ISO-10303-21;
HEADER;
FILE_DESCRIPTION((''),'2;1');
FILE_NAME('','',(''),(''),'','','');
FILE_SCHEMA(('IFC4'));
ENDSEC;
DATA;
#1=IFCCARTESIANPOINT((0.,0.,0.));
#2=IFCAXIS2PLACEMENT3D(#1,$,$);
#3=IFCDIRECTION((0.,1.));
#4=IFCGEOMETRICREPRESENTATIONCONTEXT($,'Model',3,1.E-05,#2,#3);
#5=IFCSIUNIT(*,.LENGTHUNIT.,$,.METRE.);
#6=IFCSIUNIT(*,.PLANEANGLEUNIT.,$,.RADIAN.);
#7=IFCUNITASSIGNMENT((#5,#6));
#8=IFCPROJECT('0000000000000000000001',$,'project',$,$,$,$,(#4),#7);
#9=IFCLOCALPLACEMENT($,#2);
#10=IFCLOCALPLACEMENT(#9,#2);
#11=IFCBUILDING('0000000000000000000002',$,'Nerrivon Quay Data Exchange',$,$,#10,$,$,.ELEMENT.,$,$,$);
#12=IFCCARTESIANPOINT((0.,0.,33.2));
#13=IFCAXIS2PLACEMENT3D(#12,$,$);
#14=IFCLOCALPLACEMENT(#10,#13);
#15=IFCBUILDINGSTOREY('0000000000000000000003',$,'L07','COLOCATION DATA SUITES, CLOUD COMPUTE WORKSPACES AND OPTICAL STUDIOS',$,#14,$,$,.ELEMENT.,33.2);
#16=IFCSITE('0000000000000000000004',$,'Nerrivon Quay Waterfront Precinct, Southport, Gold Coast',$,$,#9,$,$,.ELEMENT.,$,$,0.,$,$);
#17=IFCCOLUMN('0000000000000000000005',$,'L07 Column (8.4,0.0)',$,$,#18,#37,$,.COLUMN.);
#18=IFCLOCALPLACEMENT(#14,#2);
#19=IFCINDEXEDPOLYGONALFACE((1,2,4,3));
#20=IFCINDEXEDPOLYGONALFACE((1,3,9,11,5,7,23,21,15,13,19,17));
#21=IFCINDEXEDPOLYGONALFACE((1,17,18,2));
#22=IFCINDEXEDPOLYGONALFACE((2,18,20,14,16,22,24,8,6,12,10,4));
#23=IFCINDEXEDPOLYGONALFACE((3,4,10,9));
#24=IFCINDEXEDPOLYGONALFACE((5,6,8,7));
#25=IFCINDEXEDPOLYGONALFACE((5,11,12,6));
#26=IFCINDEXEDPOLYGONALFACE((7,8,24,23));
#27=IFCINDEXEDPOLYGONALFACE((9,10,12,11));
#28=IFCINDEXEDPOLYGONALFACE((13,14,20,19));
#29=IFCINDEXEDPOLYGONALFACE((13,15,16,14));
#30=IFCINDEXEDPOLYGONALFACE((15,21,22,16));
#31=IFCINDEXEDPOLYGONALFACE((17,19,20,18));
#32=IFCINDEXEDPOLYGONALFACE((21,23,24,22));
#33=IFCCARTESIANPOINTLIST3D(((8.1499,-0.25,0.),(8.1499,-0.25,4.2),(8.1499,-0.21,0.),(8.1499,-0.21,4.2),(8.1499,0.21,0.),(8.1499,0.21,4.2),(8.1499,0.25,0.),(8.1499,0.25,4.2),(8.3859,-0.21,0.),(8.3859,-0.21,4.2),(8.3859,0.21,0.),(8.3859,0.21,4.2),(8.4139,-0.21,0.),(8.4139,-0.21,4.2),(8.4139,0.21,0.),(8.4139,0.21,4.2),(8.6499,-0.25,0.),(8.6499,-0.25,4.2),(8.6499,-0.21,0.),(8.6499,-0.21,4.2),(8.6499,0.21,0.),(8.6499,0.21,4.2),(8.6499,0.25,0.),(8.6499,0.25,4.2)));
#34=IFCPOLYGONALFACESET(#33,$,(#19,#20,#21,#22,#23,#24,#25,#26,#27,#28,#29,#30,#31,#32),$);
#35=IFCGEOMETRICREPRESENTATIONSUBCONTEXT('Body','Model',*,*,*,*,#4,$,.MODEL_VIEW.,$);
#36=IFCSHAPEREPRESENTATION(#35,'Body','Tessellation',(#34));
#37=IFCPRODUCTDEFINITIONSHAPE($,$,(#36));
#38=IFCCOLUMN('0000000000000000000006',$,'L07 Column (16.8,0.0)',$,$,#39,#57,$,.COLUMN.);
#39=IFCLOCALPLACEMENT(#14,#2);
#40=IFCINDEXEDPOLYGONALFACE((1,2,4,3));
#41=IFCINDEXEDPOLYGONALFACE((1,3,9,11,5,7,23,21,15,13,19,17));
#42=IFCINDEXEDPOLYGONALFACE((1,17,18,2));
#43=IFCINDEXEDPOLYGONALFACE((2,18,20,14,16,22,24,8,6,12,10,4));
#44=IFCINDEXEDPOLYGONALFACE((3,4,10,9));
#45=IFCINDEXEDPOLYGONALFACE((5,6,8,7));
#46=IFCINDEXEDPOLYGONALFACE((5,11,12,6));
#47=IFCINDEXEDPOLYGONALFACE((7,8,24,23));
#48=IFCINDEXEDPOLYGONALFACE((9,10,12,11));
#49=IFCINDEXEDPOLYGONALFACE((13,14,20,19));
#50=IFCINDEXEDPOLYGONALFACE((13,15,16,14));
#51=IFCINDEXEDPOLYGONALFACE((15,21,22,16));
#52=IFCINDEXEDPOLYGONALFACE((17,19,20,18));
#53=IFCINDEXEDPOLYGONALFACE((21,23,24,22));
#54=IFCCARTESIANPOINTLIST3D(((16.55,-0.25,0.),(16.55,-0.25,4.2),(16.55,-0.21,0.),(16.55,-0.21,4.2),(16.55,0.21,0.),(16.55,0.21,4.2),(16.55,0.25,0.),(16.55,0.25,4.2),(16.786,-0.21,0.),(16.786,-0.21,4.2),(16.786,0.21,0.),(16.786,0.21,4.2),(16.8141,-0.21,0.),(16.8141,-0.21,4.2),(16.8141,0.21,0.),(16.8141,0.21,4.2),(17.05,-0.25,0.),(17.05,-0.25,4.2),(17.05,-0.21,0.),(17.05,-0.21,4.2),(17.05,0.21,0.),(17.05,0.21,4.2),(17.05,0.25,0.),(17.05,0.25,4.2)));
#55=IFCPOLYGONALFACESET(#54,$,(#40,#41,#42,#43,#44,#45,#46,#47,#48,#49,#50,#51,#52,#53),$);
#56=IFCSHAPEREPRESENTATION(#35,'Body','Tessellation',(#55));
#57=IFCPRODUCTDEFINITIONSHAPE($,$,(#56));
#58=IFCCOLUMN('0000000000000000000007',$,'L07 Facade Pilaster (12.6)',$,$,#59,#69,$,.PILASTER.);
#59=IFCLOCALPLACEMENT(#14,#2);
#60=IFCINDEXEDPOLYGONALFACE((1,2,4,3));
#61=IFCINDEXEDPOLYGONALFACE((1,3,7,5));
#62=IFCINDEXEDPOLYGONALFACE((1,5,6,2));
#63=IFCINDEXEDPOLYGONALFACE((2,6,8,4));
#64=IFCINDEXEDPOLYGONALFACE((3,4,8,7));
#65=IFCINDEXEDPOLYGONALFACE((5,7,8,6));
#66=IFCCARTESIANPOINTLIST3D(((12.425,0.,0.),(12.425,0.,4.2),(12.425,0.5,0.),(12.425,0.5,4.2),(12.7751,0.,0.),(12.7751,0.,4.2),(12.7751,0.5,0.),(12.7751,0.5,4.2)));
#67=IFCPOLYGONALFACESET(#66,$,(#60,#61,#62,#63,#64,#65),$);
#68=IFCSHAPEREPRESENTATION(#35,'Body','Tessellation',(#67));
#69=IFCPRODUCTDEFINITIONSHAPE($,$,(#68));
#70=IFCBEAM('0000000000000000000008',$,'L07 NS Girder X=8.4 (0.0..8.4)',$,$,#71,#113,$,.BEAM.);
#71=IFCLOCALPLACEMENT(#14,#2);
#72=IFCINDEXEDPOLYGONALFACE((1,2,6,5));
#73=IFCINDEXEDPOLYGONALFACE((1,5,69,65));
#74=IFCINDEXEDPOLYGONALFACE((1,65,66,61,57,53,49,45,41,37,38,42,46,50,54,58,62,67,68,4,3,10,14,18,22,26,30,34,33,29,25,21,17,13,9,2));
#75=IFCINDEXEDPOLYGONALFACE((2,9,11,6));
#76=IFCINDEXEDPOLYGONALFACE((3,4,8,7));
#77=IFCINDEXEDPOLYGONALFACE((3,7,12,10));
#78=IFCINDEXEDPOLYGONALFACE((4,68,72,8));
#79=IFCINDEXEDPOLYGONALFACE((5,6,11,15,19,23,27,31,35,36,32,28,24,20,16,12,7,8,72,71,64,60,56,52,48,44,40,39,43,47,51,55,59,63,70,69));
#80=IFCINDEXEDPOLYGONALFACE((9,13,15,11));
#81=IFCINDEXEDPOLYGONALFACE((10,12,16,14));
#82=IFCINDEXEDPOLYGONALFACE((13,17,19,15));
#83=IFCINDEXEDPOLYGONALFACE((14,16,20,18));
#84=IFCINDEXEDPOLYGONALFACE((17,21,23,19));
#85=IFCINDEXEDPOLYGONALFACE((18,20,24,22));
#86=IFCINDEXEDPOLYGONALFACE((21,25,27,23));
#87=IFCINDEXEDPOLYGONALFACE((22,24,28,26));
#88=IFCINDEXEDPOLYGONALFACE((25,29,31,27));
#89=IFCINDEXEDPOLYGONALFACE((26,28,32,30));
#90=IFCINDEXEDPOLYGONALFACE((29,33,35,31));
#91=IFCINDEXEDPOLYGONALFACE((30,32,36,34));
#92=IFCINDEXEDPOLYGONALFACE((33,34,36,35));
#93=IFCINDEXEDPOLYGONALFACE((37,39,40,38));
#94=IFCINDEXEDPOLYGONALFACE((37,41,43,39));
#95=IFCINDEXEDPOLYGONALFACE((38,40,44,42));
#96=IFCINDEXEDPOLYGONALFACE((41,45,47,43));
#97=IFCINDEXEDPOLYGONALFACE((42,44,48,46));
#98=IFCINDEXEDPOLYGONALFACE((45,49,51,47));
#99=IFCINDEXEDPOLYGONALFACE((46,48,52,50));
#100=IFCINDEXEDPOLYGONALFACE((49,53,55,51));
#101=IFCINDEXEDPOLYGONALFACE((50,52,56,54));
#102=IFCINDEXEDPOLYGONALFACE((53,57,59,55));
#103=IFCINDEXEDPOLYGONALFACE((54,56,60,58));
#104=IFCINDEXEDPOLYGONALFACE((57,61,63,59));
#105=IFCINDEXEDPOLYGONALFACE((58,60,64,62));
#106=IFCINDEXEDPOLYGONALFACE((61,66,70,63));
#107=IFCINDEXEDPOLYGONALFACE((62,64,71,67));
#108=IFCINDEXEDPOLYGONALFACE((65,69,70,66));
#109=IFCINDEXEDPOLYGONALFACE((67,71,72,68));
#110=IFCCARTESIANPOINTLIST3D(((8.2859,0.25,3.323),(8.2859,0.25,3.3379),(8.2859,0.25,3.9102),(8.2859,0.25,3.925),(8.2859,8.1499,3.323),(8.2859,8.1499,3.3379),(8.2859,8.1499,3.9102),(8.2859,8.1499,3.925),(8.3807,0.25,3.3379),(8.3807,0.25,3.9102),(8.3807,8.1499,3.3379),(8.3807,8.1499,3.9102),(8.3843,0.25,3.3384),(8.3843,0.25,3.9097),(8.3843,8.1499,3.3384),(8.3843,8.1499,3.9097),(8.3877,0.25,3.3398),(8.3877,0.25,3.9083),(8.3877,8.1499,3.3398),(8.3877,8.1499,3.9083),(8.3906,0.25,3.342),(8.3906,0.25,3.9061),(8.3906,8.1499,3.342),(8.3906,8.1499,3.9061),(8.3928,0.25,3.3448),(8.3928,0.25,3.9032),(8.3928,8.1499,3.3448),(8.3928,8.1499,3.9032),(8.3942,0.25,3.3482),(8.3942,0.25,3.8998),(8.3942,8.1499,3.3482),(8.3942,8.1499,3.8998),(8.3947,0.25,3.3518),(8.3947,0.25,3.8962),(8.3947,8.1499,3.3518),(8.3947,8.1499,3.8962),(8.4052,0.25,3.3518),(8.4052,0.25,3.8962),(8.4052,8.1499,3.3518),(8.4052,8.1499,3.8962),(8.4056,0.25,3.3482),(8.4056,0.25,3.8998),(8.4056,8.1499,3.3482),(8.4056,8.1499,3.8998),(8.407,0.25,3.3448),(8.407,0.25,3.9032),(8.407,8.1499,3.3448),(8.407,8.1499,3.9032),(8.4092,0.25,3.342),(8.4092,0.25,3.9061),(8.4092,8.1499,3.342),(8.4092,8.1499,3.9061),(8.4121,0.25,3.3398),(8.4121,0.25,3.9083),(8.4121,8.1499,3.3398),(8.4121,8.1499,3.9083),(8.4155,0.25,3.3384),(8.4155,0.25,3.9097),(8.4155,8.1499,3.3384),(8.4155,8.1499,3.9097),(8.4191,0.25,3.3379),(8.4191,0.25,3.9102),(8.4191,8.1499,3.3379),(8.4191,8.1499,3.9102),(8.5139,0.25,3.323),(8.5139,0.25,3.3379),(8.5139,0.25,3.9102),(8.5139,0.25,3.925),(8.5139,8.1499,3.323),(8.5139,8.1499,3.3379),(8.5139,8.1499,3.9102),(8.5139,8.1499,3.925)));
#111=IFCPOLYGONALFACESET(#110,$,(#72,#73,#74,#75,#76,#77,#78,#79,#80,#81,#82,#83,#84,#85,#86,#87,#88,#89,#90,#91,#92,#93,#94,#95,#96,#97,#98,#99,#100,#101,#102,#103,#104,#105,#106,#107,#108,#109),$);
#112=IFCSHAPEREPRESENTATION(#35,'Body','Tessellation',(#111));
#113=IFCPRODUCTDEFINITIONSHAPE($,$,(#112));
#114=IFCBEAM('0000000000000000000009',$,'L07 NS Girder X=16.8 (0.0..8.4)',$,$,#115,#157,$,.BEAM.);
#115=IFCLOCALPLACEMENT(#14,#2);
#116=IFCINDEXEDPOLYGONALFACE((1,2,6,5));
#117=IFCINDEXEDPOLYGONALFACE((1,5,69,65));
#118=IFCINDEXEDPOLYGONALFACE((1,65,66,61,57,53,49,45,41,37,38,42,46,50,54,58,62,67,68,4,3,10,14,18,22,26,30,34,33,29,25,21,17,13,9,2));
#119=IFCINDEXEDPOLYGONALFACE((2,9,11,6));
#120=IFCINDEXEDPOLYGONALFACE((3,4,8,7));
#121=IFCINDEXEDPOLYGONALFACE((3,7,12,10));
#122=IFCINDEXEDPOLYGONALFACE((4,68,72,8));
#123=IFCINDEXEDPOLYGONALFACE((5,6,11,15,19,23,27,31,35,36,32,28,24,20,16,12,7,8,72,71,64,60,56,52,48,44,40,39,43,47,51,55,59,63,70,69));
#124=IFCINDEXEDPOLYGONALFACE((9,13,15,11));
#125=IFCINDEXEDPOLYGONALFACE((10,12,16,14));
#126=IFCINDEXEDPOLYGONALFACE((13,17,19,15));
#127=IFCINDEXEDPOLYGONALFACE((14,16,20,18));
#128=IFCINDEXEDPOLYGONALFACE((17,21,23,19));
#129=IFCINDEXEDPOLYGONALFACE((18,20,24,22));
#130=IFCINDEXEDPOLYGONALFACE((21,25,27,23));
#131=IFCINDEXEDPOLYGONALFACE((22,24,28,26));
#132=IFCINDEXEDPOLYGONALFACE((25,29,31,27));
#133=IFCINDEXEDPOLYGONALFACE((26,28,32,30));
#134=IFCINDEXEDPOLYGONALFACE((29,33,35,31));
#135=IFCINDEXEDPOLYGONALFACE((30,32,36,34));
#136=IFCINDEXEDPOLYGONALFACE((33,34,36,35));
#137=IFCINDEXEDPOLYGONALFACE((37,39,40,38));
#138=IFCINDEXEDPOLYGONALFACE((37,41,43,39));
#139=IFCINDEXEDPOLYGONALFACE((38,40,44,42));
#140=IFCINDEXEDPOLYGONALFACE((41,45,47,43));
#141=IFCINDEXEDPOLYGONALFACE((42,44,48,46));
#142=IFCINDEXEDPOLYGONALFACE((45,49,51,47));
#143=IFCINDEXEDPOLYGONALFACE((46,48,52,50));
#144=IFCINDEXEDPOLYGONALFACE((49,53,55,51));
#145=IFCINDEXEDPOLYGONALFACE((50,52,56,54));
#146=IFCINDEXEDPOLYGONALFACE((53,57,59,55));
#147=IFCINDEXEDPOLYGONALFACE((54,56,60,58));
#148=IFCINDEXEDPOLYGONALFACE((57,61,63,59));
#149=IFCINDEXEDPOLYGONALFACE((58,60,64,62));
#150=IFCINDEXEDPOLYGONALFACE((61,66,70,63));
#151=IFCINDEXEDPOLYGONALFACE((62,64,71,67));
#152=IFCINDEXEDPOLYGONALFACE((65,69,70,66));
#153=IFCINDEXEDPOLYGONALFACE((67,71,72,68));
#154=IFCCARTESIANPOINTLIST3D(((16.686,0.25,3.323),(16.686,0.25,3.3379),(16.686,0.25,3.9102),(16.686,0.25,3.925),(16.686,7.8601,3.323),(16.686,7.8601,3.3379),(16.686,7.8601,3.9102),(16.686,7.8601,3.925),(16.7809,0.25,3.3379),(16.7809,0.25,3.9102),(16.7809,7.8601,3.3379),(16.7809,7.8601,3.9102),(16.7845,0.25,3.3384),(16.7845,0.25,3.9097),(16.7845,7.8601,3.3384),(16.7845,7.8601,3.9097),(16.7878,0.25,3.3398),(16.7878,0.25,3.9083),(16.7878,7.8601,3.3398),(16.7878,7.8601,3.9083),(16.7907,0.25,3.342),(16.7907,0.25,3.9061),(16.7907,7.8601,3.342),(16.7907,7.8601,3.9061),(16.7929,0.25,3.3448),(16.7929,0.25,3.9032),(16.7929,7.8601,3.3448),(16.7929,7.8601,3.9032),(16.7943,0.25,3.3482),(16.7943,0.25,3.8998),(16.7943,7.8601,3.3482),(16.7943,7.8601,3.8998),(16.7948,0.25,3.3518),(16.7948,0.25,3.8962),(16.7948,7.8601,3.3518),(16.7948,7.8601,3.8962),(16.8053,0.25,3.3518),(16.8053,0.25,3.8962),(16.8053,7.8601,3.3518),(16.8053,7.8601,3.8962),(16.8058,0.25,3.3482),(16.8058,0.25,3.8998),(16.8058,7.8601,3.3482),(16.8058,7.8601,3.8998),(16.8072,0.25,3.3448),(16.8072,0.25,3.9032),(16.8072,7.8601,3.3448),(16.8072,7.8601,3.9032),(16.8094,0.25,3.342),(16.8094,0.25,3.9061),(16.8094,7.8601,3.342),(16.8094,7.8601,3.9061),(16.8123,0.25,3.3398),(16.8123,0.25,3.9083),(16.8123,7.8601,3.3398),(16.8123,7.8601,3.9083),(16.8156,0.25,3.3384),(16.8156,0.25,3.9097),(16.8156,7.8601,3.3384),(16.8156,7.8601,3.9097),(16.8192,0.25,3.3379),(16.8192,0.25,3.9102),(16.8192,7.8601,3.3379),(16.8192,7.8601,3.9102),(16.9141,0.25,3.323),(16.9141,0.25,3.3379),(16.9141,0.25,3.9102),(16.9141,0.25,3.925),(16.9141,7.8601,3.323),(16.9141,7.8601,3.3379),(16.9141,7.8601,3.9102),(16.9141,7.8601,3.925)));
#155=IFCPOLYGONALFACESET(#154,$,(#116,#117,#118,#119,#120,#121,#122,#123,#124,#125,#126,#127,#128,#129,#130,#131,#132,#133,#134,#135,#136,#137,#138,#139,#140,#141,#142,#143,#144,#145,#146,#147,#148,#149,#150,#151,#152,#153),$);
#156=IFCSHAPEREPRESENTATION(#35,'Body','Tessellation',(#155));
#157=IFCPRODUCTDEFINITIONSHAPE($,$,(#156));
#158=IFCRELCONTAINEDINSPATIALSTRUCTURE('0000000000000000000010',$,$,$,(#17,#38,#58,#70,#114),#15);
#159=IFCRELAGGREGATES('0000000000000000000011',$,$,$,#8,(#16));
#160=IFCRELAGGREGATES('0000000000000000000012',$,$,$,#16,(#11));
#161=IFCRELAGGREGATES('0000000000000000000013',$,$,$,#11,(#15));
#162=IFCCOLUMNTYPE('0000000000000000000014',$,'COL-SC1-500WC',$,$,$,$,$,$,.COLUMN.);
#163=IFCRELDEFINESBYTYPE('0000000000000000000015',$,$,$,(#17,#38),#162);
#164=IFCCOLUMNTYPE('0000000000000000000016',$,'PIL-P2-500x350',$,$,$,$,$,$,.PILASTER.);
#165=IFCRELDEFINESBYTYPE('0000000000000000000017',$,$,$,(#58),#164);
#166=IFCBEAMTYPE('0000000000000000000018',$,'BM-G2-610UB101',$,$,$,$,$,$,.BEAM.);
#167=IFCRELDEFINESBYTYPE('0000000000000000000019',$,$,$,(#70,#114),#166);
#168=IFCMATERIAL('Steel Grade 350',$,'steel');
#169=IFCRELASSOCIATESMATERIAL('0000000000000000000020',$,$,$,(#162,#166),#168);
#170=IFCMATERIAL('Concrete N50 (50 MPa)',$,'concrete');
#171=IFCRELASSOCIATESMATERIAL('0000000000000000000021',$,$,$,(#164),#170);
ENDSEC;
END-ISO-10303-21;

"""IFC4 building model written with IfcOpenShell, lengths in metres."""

from ifc_helpers import new_model, si_unit, direction, frame, origin, origin_2d, place, context, subcontext, project, spatial, rectangle, i_section, extrude, material, material_profile, profile_set, type_object, element, save


model = new_model("IFC4")

# Units and contexts
model_context = context("Model", 3, precision=1e-05, world=origin(), true_north=direction((0.0, 1.0)))
body_context = subcontext(model_context, "Body", "Model", "MODEL_VIEW")
ifc_project = project(units=[si_unit("LENGTHUNIT", "METRE"), si_unit("PLANEANGLEUNIT", "RADIAN")], contexts=[model_context])

# Site, building, storey
site_placement = place(None, origin())
site = spatial("IfcSite", under=ifc_project, at=site_placement, Name="Nerrivon Quay Waterfront Precinct, Southport, Gold Coast", CompositionType="ELEMENT", RefElevation=0.0)
building_placement = place(site_placement, origin())
building = spatial("IfcBuilding", under=site, at=building_placement, Name="Nerrivon Quay Data Exchange", CompositionType="ELEMENT")
storey_placement = place(building_placement, frame((0.0, 0.0, 33.2)))
storey = spatial("IfcBuildingStorey", under=building, at=storey_placement, Name="L07", Description="COLOCATION DATA SUITES, CLOUD COMPUTE WORKSPACES AND OPTICAL STUDIOS", CompositionType="ELEMENT", Elevation=33.2)

# Columns
ifc_material_1 = material(Name="Steel Grade 350", Category="steel")
ifc_material_profile_1 = material_profile(ifc_material_1, i_section(OverallWidth=0.5, OverallDepth=0.5, WebThickness=0.0281, FlangeThickness=0.04, at=origin_2d()), Name="500WC440")
ifc_profile_set_1 = profile_set([ifc_material_profile_1], Name="Steel Grade 350")
column_type_1 = type_object("IfcColumnType", Name="COL-SC1-500WC", PredefinedType="COLUMN", material=ifc_profile_set_1)
for number, where, z_axis, x_axis, name in (
    (1, (8.3999, 0.0, 0.0), (0.0, 0.0, 1.0), (1.0, 0.0, 0.0), "L07 Column (8.4,0.0)"),
    (2, (16.8, 0.0, 0.0), (0.0, 0.0, 1.0), (1.0, 0.0, 0.0), "L07 Column (16.8,0.0)"),
):
    element("IfcColumn", number, at=place(storey_placement, frame(where, z_axis=z_axis, x_axis=x_axis)), inside=storey, type_object=column_type_1, Name=name, PredefinedType="COLUMN", context=body_context, shape_type="SweptSolid", body=[
        extrude(i_section(OverallWidth=0.5, OverallDepth=0.5, WebThickness=0.0281, FlangeThickness=0.04, at=origin_2d()), origin(), (0.0, 0.0, 1.0), 4.2),
    ])
ifc_material_2 = material(Name="Concrete N50 (50 MPa)", Category="concrete")
ifc_material_profile_2 = material_profile(ifc_material_2, rectangle(XDim=0.3501, YDim=0.5, at=origin_2d()), Name="RC-PIL-500x350")
ifc_profile_set_2 = profile_set([ifc_material_profile_2], Name="Concrete N50 (50 MPa)")
column_type_2 = type_object("IfcColumnType", Name="PIL-P2-500x350", PredefinedType="PILASTER", material=ifc_profile_set_2)
column_placement = place(storey_placement, frame((12.6001, 0.25, 0.0), z_axis=(0.0, 0.0, 1.0), x_axis=(1.0, 0.0, 0.0)))
element("IfcColumn", 3, at=column_placement, inside=storey, type_object=column_type_2, Name="L07 Facade Pilaster (12.6)", PredefinedType="PILASTER", context=body_context, shape_type="SweptSolid", body=[
    extrude(rectangle(XDim=0.3501, YDim=0.5, at=origin_2d()), origin(), (0.0, 0.0, 1.0), 4.2),
])

# Beams
ifc_material_profile_3 = material_profile(ifc_material_1, i_section(OverallWidth=0.228, OverallDepth=0.6021, WebThickness=0.0105, FlangeThickness=0.0149, FilletRadius=0.0139, at=origin_2d()), Name="610UB101")
ifc_profile_set_3 = profile_set([ifc_material_profile_3], Name="Steel Grade 350")
beam_type_1 = type_object("IfcBeamType", Name="BM-G2-610UB101", PredefinedType="BEAM", material=ifc_profile_set_3)
beam_1_placement = place(storey_placement, frame((8.3999, 0.25, 3.624), z_axis=(0.0, 1.0, 0.0), x_axis=(-1.0, 0.0, 0.0)))
element("IfcBeam", 4, at=beam_1_placement, inside=storey, type_object=beam_type_1, Name="L07 NS Girder X=8.4 (0.0..8.4)", PredefinedType="BEAM", context=body_context, shape_type="SweptSolid", body=[
    extrude(i_section(OverallWidth=0.228, OverallDepth=0.6021, WebThickness=0.0105, FlangeThickness=0.0149, FilletRadius=0.0139, at=origin_2d()), origin(), (0.0, 0.0, 1.0), 7.8999),
])
beam_2_placement = place(storey_placement, frame((16.8, 0.25, 3.624), z_axis=(0.0, 1.0, 0.0), x_axis=(-1.0, 0.0, 0.0)))
element("IfcBeam", 5, at=beam_2_placement, inside=storey, type_object=beam_type_1, Name="L07 NS Girder X=16.8 (0.0..8.4)", PredefinedType="BEAM", context=body_context, shape_type="SweptSolid", body=[
    extrude(i_section(OverallWidth=0.228, OverallDepth=0.6021, WebThickness=0.0105, FlangeThickness=0.0149, FilletRadius=0.0139, at=origin_2d()), origin(), (0.0, 0.0, 1.0), 7.6101),
])

save(model, "model.ifc")
